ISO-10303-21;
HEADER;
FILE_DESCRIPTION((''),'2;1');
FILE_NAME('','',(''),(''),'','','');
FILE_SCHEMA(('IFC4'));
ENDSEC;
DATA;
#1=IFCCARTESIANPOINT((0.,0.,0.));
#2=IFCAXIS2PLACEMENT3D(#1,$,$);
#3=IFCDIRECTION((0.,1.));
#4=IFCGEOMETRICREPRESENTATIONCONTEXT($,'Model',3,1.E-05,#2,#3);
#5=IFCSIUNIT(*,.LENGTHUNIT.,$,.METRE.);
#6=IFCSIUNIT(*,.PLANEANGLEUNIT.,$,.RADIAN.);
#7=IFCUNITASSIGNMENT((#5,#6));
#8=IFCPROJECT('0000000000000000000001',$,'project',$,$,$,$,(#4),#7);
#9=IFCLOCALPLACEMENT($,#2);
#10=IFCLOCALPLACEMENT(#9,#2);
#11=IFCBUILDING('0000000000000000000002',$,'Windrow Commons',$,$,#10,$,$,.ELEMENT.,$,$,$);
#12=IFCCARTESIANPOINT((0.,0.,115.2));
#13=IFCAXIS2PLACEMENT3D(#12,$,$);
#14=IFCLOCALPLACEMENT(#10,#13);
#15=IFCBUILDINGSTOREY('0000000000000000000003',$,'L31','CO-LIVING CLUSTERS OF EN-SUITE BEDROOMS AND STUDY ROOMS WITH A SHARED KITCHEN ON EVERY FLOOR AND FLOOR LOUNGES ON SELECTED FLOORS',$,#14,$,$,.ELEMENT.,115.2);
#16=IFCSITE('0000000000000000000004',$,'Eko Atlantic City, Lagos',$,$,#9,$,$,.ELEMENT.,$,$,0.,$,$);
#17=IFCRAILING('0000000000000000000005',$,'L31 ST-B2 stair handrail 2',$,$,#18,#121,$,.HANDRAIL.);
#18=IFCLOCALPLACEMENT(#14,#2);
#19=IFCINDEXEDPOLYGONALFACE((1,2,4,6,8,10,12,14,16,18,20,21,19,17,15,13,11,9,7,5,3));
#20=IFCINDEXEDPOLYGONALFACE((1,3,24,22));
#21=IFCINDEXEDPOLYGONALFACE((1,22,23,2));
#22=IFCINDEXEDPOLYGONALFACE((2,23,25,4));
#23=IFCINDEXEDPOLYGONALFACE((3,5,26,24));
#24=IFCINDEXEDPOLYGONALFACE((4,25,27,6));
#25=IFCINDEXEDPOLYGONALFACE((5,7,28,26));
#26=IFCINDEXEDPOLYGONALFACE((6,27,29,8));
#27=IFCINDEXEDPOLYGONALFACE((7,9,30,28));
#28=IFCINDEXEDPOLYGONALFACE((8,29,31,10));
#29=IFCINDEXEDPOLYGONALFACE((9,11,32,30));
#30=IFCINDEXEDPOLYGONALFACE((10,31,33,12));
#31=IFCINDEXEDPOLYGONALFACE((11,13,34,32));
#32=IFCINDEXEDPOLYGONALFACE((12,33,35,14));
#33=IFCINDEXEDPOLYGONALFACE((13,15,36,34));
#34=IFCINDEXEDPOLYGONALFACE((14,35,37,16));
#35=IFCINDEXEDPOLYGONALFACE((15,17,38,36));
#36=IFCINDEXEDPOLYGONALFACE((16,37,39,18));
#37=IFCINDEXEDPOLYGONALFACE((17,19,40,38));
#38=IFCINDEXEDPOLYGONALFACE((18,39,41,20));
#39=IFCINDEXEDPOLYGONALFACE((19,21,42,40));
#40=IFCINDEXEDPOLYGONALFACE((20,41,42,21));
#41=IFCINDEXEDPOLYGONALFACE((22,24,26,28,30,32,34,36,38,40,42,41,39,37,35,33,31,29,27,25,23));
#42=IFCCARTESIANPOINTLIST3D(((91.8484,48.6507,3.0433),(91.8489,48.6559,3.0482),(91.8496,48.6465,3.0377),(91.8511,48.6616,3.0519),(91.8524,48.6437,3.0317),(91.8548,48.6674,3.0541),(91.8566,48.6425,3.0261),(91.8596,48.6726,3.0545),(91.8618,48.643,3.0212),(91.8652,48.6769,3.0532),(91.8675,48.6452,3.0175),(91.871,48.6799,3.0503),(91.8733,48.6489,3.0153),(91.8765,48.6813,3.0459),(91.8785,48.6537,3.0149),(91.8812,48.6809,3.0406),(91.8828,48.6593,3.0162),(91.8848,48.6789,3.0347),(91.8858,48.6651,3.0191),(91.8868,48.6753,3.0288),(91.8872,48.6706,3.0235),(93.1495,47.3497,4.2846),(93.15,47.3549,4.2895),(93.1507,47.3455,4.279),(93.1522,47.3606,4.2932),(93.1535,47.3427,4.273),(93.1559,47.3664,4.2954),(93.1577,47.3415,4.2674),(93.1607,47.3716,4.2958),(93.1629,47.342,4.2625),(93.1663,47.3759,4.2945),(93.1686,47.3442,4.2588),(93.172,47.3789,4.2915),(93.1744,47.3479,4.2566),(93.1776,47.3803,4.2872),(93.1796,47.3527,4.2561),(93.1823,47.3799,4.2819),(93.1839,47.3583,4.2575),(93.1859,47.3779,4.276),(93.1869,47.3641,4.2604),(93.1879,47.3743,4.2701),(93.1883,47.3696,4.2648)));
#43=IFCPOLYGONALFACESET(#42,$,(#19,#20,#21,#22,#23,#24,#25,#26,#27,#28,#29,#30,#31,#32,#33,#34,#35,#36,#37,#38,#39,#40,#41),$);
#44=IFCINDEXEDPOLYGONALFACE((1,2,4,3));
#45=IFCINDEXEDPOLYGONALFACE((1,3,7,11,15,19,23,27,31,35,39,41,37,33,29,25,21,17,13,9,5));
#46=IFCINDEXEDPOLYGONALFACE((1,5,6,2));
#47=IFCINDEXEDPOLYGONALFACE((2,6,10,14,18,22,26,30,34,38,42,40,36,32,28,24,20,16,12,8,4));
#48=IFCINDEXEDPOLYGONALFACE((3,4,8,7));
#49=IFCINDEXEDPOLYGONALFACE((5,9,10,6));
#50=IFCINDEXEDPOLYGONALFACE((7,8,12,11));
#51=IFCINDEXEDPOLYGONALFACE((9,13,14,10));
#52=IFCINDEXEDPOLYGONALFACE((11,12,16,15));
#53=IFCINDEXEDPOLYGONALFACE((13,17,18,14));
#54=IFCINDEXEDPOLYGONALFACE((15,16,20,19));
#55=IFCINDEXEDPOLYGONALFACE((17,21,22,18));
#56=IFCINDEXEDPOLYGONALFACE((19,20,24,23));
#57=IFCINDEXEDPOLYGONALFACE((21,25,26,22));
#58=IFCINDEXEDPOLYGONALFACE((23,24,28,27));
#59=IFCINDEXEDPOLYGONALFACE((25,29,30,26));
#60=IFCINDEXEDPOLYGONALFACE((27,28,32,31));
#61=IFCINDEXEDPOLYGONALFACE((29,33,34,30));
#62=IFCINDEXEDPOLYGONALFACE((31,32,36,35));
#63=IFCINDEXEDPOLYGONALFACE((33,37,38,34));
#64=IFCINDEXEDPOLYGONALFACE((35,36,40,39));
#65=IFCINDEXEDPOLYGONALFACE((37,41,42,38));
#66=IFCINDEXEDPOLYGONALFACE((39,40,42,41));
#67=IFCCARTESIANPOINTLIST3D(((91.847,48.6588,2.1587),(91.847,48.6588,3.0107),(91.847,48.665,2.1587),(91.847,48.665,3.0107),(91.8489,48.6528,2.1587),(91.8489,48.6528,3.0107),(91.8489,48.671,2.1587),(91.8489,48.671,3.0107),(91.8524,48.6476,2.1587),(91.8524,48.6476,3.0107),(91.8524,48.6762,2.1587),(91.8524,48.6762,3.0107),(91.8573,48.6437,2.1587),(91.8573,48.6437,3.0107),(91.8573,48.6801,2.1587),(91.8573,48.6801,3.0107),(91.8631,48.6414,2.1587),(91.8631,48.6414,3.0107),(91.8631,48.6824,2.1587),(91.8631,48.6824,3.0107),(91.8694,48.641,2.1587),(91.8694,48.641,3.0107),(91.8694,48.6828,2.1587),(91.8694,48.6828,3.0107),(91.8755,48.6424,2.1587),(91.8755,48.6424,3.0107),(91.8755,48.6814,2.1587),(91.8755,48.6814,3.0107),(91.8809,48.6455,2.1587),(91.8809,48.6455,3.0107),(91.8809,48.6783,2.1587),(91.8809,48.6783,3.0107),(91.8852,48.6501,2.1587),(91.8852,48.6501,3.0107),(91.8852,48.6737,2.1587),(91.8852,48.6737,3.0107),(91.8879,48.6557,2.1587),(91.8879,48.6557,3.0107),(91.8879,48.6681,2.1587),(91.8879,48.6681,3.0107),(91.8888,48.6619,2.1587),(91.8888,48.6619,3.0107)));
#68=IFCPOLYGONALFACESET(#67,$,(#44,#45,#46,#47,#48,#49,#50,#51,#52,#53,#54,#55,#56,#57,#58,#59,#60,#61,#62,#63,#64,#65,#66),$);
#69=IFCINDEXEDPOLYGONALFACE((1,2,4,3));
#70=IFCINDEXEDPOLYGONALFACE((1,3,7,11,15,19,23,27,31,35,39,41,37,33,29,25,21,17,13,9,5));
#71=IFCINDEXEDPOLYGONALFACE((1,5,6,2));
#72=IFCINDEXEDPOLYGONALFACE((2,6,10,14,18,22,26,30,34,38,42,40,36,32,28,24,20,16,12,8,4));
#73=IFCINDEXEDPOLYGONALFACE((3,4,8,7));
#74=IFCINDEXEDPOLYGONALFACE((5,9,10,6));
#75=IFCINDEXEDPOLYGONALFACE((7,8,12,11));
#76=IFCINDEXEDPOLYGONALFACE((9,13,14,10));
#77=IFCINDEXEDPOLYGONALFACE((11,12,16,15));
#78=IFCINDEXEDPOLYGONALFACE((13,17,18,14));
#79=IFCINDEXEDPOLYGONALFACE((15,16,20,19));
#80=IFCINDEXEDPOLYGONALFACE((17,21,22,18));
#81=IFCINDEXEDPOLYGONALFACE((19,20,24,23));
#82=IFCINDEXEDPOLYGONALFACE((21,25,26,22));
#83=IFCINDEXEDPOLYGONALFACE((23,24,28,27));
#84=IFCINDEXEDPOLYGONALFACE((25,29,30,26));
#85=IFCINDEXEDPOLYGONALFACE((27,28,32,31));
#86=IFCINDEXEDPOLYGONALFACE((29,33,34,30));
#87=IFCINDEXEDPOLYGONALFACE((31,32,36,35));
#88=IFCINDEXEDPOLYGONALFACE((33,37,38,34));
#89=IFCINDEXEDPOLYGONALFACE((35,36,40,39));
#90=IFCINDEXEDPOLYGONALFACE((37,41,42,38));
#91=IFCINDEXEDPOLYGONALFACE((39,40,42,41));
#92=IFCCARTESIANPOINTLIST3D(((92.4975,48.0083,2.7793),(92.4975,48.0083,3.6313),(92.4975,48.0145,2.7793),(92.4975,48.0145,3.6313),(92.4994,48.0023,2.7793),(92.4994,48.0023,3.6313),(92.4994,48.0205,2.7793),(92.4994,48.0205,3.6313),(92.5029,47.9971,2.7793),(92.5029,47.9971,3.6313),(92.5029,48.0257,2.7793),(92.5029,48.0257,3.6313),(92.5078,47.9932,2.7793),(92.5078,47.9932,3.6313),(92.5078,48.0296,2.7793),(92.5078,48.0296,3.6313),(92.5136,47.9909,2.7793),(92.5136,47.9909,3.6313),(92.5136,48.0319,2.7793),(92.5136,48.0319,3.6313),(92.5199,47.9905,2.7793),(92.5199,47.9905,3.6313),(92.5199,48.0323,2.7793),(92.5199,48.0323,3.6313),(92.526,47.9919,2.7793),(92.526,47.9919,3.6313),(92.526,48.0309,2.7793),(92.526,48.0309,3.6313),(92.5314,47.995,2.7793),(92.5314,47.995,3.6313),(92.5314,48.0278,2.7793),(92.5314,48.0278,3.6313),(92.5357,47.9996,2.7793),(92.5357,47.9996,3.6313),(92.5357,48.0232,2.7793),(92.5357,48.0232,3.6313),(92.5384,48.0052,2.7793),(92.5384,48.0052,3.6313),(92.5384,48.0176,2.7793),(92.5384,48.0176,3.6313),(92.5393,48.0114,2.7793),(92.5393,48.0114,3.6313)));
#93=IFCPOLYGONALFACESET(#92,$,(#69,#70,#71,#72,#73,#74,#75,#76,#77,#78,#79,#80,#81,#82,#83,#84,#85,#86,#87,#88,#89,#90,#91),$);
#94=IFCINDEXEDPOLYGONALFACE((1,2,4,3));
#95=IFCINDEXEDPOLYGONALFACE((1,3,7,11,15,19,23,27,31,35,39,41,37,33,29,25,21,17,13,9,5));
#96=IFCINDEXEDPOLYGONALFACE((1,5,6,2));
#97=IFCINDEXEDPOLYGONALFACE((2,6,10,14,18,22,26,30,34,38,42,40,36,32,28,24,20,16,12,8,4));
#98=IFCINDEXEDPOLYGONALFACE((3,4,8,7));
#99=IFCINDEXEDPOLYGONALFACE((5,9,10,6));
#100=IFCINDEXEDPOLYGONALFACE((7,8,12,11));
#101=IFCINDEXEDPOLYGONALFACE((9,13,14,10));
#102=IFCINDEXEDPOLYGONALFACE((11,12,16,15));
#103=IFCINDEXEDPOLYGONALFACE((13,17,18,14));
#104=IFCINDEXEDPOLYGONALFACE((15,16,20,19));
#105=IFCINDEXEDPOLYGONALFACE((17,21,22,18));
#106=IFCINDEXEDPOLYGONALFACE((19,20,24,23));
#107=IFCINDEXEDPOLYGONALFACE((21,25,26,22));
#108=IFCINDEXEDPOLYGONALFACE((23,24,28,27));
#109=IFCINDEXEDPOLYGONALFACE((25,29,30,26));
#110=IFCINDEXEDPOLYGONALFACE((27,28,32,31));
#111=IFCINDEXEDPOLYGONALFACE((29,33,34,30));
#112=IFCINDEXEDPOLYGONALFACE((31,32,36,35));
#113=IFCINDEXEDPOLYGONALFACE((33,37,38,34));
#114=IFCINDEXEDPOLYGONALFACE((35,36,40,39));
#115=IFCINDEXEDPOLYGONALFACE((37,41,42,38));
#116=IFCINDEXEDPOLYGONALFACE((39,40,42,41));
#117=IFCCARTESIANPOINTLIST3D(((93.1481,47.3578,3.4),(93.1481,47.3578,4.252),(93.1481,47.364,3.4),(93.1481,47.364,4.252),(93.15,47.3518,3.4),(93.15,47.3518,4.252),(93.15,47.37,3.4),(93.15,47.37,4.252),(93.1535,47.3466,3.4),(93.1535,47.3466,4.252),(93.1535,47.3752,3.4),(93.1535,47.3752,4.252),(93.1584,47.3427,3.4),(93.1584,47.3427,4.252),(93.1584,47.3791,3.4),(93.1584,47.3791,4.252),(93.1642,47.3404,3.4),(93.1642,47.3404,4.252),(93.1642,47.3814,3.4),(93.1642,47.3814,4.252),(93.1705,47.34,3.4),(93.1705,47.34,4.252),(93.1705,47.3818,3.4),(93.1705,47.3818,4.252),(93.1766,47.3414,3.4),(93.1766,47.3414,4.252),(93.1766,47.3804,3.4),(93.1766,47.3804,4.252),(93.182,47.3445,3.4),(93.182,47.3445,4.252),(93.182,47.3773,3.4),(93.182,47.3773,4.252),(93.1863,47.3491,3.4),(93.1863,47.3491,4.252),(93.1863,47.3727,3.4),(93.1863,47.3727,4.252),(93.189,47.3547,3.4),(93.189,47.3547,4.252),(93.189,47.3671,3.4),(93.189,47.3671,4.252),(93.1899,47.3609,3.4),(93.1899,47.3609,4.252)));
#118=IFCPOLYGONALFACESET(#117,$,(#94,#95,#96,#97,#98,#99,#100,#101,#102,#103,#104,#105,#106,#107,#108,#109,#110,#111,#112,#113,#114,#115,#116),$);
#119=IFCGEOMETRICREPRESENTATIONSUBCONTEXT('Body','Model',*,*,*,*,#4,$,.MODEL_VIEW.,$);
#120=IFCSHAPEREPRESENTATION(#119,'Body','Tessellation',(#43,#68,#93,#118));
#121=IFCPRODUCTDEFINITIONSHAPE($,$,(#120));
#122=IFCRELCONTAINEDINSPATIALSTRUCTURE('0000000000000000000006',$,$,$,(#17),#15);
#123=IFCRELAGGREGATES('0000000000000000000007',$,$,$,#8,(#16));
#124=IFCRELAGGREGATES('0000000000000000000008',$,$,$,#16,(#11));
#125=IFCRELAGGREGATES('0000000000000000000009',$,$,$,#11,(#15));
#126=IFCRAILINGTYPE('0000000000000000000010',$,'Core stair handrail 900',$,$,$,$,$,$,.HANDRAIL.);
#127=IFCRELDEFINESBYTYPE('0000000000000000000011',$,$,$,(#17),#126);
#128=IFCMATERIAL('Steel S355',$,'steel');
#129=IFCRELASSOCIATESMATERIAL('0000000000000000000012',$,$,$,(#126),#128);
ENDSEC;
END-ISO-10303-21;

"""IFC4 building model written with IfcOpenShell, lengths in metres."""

from ifc_helpers import new_model, si_unit, direction, frame, origin, origin_2d, place, context, subcontext, project, spatial, circle, extrude, material, type_object, element, save


model = new_model("IFC4")

# Units and contexts
model_context = context("Model", 3, precision=1e-05, world=origin(), true_north=direction((0.0, 1.0)))
body_context = subcontext(model_context, "Body", "Model", "MODEL_VIEW")
ifc_project = project(units=[si_unit("LENGTHUNIT", "METRE"), si_unit("PLANEANGLEUNIT", "RADIAN")], contexts=[model_context])

# Site, building, storey
site_placement = place(None, origin())
site = spatial("IfcSite", under=ifc_project, at=site_placement, Name="Eko Atlantic City, Lagos", CompositionType="ELEMENT", RefElevation=0.0)
building_placement = place(site_placement, origin())
building = spatial("IfcBuilding", under=site, at=building_placement, Name="Windrow Commons", CompositionType="ELEMENT")
storey_placement = place(building_placement, frame((0.0, 0.0, 115.2)))
storey = spatial("IfcBuildingStorey", under=building, at=storey_placement, Name="L31", Description="CO-LIVING CLUSTERS OF EN-SUITE BEDROOMS AND STUDY ROOMS WITH A SHARED KITCHEN ON EVERY FLOOR AND FLOOR LOUNGES ON SELECTED FLOORS", CompositionType="ELEMENT", Elevation=115.2)

# Railing
ifc_material_1 = material(Name="Steel S355", Category="steel")
railing_type_1 = type_object("IfcRailingType", Name="Core stair handrail 900", PredefinedType="HANDRAIL", material=ifc_material_1)
railing_1_placement = place(storey_placement, frame((91.8678, 48.6619, 2.1587)))
element("IfcRailing", 1, at=railing_1_placement, inside=storey, type_object=railing_type_1, Name="L31 ST-B2 stair handrail 2", PredefinedType="HANDRAIL", context=body_context, shape_type="SweptSolid", body=[
    extrude(circle(Radius=0.024, at=origin_2d()), frame((0.0, 0.0, 0.876), z_axis=(0.586207, -0.586162, 0.559264), x_axis=(0.70708, 0.707134, 0.0)), (0.0, 0.0, 1.0), 2.2195),
    extrude(circle(Radius=0.021, at=origin_2d()), origin(), (0.0, 0.0, 1.0), 0.852),
    extrude(circle(Radius=0.021, at=origin_2d()), frame((0.6505, -0.6505, 0.6206)), (0.0, 0.0, 1.0), 0.852),
    extrude(circle(Radius=0.021, at=origin_2d()), frame((1.3011, -1.301, 1.2413)), (0.0, 0.0, 1.0), 0.852),
])

save(model, "model.ifc")
